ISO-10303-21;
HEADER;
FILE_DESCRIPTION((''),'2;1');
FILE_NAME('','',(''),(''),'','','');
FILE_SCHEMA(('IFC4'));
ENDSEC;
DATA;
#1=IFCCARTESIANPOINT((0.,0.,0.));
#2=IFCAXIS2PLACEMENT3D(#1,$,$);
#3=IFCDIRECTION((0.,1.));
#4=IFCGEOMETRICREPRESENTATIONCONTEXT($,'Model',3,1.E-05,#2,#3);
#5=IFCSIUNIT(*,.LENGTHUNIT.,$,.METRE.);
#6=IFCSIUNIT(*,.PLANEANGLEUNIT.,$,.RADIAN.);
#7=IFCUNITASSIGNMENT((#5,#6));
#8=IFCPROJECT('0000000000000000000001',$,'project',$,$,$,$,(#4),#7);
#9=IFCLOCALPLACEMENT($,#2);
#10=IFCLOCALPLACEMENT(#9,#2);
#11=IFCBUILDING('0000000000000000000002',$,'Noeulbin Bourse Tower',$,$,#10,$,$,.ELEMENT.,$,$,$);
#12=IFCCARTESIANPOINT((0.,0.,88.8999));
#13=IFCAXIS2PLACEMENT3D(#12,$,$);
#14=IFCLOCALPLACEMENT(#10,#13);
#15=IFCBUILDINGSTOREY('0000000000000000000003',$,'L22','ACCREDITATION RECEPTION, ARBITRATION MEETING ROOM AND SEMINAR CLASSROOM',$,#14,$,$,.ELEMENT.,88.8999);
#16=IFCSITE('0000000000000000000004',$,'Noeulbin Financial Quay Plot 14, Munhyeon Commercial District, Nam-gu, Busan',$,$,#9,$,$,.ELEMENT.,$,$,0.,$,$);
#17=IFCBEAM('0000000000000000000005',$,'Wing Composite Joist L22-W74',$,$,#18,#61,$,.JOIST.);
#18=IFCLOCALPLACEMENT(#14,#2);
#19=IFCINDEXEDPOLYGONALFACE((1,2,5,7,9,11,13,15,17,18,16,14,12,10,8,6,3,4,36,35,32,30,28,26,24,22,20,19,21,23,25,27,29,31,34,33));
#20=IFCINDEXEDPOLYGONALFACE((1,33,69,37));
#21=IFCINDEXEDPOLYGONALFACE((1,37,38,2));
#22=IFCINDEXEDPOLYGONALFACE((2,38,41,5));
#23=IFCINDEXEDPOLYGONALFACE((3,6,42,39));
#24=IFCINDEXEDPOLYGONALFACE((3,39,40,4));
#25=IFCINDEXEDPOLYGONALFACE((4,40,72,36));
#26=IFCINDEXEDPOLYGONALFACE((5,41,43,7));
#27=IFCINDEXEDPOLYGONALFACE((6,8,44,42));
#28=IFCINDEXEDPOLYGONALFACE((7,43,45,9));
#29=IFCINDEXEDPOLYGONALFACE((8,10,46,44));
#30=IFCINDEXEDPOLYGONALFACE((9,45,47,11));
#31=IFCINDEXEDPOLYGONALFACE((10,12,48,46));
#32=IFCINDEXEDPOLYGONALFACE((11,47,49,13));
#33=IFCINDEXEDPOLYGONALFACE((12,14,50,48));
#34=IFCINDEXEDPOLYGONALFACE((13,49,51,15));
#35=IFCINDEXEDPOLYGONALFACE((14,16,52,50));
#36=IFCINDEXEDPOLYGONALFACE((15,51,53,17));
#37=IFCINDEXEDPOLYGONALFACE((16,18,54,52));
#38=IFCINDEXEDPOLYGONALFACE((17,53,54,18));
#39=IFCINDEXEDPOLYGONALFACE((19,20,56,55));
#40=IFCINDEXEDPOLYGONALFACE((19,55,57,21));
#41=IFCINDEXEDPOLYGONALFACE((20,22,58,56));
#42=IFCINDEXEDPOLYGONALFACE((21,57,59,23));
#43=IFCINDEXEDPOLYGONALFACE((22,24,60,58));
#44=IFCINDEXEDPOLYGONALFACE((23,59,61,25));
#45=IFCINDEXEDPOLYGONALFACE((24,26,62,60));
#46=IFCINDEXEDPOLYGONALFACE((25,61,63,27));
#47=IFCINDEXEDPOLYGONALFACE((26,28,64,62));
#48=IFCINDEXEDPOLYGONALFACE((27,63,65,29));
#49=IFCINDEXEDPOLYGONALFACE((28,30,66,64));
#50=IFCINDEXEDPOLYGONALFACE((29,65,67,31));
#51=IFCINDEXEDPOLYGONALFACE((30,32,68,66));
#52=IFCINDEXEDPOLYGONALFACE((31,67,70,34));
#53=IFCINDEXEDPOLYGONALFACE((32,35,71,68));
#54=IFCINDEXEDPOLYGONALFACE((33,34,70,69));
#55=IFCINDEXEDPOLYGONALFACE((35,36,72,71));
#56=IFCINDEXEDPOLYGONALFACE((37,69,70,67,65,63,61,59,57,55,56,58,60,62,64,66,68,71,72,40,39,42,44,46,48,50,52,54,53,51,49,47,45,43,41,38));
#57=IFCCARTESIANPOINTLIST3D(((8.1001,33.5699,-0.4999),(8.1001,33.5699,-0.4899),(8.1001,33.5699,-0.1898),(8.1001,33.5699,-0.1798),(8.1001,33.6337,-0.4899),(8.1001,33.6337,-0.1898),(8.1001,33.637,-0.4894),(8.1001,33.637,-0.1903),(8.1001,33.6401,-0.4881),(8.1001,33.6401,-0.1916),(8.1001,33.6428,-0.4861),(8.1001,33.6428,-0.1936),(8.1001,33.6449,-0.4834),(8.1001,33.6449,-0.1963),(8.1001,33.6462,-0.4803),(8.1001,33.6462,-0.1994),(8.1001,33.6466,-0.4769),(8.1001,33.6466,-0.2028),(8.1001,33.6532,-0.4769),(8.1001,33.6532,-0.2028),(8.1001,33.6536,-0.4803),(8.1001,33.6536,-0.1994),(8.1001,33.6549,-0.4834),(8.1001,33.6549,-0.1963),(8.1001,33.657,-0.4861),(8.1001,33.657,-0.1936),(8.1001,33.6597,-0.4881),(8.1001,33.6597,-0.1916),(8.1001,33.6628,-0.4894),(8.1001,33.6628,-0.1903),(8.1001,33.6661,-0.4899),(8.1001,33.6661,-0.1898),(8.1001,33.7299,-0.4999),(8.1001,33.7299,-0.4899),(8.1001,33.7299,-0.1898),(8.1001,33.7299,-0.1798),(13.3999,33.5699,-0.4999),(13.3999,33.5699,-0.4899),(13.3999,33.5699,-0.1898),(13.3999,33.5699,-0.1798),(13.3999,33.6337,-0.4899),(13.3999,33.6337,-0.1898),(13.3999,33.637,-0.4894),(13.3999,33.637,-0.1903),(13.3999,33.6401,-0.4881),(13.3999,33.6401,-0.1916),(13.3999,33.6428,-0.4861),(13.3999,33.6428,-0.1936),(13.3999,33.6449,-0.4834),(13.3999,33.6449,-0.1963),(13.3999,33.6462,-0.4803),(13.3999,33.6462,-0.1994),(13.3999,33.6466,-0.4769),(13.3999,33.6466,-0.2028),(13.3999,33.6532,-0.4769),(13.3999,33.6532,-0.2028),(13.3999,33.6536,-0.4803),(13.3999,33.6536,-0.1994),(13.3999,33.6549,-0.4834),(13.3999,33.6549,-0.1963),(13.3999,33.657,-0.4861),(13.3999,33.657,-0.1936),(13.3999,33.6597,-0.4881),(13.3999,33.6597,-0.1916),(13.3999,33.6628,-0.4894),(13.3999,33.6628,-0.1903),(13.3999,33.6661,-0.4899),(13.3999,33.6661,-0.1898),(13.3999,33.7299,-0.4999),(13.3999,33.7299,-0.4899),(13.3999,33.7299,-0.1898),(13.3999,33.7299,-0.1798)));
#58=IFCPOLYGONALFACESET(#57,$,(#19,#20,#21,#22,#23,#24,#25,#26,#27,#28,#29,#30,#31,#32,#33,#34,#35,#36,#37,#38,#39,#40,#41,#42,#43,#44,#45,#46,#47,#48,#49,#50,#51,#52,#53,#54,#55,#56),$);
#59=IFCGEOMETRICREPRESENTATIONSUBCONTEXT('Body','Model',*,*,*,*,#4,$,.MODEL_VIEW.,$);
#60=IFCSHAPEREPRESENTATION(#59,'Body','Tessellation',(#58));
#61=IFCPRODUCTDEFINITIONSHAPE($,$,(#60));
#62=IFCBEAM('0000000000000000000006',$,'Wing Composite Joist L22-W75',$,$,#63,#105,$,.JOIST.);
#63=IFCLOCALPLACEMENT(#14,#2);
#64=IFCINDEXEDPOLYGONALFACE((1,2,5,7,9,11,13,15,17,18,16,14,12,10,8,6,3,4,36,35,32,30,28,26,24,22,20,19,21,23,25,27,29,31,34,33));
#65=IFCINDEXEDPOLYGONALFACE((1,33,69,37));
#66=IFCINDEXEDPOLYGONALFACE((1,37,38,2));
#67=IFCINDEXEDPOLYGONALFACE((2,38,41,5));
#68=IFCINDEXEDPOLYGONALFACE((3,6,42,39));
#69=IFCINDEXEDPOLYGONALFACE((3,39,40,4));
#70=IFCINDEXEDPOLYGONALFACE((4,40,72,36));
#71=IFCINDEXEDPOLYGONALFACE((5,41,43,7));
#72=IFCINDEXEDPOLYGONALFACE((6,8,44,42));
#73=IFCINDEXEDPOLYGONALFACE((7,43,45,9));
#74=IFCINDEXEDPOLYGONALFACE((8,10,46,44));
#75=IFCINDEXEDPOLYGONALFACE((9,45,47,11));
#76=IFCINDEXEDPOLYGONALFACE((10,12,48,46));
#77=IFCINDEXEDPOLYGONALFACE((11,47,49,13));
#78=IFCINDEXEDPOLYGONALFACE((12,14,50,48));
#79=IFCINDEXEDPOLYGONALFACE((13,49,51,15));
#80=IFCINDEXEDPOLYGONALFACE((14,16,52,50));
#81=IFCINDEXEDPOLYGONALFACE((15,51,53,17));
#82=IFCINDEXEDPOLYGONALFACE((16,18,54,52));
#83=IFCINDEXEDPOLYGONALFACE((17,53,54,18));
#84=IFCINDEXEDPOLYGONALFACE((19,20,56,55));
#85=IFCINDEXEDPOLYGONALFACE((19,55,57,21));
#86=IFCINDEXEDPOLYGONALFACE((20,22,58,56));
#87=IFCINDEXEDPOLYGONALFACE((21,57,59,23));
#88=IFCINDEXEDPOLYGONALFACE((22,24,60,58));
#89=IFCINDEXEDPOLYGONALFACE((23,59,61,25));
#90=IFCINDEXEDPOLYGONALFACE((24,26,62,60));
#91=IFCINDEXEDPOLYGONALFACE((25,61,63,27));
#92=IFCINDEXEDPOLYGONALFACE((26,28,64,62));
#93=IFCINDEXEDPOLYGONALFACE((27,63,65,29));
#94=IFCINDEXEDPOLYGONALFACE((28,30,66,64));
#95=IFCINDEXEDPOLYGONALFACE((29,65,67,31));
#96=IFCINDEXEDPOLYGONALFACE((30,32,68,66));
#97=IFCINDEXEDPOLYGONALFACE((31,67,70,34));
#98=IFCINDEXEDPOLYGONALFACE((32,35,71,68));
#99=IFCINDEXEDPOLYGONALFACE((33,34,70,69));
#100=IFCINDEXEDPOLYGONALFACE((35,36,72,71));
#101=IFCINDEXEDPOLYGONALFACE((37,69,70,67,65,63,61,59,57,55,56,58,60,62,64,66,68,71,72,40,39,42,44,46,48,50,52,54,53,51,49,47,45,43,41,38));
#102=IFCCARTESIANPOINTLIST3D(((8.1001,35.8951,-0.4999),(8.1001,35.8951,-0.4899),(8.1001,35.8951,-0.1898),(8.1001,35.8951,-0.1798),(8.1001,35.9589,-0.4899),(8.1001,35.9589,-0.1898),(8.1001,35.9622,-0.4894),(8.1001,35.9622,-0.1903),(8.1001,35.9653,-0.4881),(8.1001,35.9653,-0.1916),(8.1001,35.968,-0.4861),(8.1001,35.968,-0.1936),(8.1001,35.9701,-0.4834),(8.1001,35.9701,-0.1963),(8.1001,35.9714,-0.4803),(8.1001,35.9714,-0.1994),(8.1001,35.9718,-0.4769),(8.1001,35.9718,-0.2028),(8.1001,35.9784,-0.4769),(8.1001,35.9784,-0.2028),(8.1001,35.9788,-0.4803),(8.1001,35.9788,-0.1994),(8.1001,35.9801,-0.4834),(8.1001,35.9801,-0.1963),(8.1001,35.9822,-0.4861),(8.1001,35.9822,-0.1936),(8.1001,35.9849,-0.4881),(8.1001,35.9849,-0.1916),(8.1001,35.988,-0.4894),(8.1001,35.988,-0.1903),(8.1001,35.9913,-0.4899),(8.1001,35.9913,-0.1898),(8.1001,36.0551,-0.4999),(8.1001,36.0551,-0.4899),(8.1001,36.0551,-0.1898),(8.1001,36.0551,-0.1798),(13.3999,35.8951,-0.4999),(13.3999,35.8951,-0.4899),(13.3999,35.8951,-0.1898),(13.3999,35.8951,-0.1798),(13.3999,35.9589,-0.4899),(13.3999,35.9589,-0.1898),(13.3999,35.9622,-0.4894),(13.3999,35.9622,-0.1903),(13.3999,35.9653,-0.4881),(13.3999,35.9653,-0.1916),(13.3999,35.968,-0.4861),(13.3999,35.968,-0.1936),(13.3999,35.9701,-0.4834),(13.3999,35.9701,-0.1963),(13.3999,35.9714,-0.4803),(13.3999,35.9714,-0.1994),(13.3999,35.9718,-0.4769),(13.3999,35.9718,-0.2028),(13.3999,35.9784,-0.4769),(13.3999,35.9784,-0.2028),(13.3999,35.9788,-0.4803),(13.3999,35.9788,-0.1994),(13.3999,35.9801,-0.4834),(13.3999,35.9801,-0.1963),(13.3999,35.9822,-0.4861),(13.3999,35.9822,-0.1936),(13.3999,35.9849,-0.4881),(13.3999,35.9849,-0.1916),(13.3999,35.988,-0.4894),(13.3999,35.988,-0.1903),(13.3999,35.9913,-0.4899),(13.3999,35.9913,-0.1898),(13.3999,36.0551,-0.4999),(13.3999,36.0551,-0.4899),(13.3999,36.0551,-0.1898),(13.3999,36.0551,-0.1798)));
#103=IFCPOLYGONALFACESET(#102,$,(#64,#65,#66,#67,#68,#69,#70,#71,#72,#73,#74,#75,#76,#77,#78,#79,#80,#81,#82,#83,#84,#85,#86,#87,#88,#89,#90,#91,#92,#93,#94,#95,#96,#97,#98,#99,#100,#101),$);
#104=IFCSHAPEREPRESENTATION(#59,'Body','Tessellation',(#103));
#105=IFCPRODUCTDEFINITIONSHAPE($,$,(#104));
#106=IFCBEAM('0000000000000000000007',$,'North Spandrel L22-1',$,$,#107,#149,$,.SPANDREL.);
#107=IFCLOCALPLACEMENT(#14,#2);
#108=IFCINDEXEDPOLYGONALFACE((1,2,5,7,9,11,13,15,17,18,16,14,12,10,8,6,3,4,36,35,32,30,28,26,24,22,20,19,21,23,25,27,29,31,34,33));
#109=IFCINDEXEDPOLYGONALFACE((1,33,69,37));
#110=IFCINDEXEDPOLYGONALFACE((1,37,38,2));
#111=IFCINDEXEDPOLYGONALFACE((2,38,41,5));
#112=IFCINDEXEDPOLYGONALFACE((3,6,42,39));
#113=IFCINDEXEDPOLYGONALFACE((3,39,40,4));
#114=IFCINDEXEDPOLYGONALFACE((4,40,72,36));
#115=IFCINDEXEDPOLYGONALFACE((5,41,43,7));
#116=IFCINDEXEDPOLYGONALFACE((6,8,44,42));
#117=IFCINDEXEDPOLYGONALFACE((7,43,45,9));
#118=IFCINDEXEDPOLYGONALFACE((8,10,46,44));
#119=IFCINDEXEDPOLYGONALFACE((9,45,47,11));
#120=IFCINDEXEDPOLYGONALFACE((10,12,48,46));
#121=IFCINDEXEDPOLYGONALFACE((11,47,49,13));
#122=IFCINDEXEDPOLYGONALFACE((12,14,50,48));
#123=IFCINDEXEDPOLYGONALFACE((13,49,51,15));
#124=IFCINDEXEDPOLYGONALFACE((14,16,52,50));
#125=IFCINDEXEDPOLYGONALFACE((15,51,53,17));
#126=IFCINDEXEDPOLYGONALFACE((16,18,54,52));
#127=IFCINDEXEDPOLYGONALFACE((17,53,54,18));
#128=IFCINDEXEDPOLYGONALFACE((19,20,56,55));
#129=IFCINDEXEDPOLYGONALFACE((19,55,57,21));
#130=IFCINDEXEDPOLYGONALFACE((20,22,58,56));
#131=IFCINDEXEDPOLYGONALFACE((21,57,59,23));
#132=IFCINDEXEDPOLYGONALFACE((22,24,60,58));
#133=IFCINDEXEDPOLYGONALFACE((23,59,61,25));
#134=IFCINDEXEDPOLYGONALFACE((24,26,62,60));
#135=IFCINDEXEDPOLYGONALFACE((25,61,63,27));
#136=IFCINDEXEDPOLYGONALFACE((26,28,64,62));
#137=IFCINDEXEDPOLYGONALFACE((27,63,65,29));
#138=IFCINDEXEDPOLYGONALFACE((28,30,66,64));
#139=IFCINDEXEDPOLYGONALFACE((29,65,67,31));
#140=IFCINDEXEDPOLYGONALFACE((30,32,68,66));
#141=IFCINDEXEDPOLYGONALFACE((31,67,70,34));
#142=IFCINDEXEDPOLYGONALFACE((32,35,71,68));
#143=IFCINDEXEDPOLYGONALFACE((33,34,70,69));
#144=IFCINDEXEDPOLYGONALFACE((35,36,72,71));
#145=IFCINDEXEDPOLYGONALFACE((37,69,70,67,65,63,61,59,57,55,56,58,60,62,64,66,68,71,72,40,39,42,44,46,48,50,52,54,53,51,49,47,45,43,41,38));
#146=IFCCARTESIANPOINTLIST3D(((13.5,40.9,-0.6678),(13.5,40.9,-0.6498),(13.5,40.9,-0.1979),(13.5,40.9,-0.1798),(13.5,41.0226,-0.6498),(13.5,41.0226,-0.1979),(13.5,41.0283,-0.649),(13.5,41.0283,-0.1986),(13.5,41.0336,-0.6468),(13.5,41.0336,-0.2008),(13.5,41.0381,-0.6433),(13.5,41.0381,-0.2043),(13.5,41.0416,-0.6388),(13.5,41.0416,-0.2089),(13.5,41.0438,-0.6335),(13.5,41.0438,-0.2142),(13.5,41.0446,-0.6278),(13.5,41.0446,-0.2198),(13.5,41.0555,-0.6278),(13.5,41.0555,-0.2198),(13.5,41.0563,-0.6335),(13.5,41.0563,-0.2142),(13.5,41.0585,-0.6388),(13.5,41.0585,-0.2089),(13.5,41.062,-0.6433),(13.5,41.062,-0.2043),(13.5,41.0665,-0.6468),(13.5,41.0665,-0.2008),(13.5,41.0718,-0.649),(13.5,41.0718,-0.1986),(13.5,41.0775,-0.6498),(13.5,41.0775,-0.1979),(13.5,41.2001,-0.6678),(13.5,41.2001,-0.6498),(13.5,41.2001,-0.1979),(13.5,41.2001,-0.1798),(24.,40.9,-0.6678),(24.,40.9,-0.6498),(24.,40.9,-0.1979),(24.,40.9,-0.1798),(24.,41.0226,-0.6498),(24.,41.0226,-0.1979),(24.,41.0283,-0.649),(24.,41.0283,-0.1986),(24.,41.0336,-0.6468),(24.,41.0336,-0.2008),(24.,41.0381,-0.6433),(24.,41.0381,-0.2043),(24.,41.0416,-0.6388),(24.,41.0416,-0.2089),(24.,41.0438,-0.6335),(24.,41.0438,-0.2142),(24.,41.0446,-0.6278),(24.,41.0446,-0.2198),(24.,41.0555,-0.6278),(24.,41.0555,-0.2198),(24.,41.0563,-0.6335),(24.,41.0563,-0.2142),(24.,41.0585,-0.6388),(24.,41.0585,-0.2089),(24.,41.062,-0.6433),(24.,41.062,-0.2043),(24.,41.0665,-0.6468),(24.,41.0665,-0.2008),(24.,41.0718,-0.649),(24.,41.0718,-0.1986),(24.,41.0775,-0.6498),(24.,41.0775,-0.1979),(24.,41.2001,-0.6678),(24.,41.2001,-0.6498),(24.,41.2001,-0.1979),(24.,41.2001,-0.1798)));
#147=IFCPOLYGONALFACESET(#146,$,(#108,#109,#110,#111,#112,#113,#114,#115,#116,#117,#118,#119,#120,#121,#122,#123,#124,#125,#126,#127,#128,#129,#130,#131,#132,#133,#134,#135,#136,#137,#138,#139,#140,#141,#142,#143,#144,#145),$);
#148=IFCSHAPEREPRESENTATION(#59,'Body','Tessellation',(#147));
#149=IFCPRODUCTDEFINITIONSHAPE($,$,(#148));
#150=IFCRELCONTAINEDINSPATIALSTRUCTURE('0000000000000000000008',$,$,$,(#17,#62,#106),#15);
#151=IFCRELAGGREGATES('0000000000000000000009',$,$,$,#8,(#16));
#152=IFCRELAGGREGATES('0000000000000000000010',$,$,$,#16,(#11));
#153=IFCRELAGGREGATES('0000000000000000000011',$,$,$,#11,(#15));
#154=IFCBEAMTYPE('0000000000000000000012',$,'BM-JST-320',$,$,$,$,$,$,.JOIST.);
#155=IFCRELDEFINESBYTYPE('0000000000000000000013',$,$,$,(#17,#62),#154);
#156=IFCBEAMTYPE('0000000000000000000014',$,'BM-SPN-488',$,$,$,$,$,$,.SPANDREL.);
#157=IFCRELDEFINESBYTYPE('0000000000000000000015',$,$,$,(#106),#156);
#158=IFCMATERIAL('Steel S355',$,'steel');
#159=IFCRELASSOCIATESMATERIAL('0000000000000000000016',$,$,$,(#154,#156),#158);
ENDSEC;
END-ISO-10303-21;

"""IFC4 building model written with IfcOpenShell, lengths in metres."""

from ifc_helpers import new_model, si_unit, direction, frame, origin, origin_2d, place, context, subcontext, project, spatial, i_section, extrude, material, material_profile, profile_set, type_object, element, save


model = new_model("IFC4")

# Units and contexts
model_context = context("Model", 3, precision=1e-05, world=origin(), true_north=direction((0.0, 1.0)))
body_context = subcontext(model_context, "Body", "Model", "MODEL_VIEW")
ifc_project = project(units=[si_unit("LENGTHUNIT", "METRE"), si_unit("PLANEANGLEUNIT", "RADIAN")], contexts=[model_context])

# Site, building, storey
site_placement = place(None, origin())
site = spatial("IfcSite", under=ifc_project, at=site_placement, Name="Noeulbin Financial Quay Plot 14, Munhyeon Commercial District, Nam-gu, Busan", CompositionType="ELEMENT", RefElevation=0.0)
building_placement = place(site_placement, origin())
building = spatial("IfcBuilding", under=site, at=building_placement, Name="Noeulbin Bourse Tower", CompositionType="ELEMENT")
storey_placement = place(building_placement, frame((0.0, 0.0, 88.8999)))
storey = spatial("IfcBuildingStorey", under=building, at=storey_placement, Name="L22", Description="ACCREDITATION RECEPTION, ARBITRATION MEETING ROOM AND SEMINAR CLASSROOM", CompositionType="ELEMENT", Elevation=88.8999)

# Beams
ifc_material_1 = material(Name="Steel S355", Category="steel")
ifc_material_profile_1 = material_profile(ifc_material_1, i_section(OverallWidth=0.1599, OverallDepth=0.3201, WebThickness=0.0066, FlangeThickness=0.01, FilletRadius=0.0129, at=origin_2d()), Name="H-320x160x6.5x10", Category="LoadBearing")
ifc_profile_set_1 = profile_set([ifc_material_profile_1], Name="Steel S355")
beam_type_1 = type_object("IfcBeamType", Name="BM-JST-320", PredefinedType="JOIST", material=ifc_profile_set_1)
for number, where, z_axis, x_axis, name in (
    (1, (8.1001, 33.6499, -0.3398), (1.0, 0.0, 0.0), (0.0, 1.0, 0.0), "Wing Composite Joist L22-W74"),
    (2, (8.1001, 35.9751, -0.3398), (1.0, 0.0, 0.0), (0.0, 1.0, 0.0), "Wing Composite Joist L22-W75"),
):
    element("IfcBeam", number, at=place(storey_placement, frame(where, z_axis=z_axis, x_axis=x_axis)), inside=storey, type_object=beam_type_1, Name=name, PredefinedType="JOIST", context=body_context, shape_type="SweptSolid", body=[
        extrude(i_section(OverallWidth=0.1599, OverallDepth=0.3201, WebThickness=0.0066, FlangeThickness=0.01, FilletRadius=0.0129, at=origin_2d()), origin(), (0.0, 0.0, 1.0), 5.2998),
    ])
ifc_material_profile_2 = material_profile(ifc_material_1, i_section(OverallWidth=0.3, OverallDepth=0.488, WebThickness=0.011, FlangeThickness=0.0181, FilletRadius=0.022, at=origin_2d()), Name="H-488x300x11x18", Category="LoadBearing")
ifc_profile_set_2 = profile_set([ifc_material_profile_2], Name="Steel S355")
beam_type_2 = type_object("IfcBeamType", Name="BM-SPN-488", PredefinedType="SPANDREL", material=ifc_profile_set_2)
beam_1_placement = place(storey_placement, frame((13.5, 41.05, -0.4238), z_axis=(1.0, 0.0, 0.0), x_axis=(0.0, 1.0, 0.0)))
element("IfcBeam", 3, at=beam_1_placement, inside=storey, type_object=beam_type_2, Name="North Spandrel L22-1", PredefinedType="SPANDREL", context=body_context, shape_type="SweptSolid", body=[
    extrude(i_section(OverallWidth=0.3, OverallDepth=0.488, WebThickness=0.011, FlangeThickness=0.0181, FilletRadius=0.022, at=origin_2d()), origin(), (0.0, 0.0, 1.0), 10.5),
])

save(model, "model.ifc")
